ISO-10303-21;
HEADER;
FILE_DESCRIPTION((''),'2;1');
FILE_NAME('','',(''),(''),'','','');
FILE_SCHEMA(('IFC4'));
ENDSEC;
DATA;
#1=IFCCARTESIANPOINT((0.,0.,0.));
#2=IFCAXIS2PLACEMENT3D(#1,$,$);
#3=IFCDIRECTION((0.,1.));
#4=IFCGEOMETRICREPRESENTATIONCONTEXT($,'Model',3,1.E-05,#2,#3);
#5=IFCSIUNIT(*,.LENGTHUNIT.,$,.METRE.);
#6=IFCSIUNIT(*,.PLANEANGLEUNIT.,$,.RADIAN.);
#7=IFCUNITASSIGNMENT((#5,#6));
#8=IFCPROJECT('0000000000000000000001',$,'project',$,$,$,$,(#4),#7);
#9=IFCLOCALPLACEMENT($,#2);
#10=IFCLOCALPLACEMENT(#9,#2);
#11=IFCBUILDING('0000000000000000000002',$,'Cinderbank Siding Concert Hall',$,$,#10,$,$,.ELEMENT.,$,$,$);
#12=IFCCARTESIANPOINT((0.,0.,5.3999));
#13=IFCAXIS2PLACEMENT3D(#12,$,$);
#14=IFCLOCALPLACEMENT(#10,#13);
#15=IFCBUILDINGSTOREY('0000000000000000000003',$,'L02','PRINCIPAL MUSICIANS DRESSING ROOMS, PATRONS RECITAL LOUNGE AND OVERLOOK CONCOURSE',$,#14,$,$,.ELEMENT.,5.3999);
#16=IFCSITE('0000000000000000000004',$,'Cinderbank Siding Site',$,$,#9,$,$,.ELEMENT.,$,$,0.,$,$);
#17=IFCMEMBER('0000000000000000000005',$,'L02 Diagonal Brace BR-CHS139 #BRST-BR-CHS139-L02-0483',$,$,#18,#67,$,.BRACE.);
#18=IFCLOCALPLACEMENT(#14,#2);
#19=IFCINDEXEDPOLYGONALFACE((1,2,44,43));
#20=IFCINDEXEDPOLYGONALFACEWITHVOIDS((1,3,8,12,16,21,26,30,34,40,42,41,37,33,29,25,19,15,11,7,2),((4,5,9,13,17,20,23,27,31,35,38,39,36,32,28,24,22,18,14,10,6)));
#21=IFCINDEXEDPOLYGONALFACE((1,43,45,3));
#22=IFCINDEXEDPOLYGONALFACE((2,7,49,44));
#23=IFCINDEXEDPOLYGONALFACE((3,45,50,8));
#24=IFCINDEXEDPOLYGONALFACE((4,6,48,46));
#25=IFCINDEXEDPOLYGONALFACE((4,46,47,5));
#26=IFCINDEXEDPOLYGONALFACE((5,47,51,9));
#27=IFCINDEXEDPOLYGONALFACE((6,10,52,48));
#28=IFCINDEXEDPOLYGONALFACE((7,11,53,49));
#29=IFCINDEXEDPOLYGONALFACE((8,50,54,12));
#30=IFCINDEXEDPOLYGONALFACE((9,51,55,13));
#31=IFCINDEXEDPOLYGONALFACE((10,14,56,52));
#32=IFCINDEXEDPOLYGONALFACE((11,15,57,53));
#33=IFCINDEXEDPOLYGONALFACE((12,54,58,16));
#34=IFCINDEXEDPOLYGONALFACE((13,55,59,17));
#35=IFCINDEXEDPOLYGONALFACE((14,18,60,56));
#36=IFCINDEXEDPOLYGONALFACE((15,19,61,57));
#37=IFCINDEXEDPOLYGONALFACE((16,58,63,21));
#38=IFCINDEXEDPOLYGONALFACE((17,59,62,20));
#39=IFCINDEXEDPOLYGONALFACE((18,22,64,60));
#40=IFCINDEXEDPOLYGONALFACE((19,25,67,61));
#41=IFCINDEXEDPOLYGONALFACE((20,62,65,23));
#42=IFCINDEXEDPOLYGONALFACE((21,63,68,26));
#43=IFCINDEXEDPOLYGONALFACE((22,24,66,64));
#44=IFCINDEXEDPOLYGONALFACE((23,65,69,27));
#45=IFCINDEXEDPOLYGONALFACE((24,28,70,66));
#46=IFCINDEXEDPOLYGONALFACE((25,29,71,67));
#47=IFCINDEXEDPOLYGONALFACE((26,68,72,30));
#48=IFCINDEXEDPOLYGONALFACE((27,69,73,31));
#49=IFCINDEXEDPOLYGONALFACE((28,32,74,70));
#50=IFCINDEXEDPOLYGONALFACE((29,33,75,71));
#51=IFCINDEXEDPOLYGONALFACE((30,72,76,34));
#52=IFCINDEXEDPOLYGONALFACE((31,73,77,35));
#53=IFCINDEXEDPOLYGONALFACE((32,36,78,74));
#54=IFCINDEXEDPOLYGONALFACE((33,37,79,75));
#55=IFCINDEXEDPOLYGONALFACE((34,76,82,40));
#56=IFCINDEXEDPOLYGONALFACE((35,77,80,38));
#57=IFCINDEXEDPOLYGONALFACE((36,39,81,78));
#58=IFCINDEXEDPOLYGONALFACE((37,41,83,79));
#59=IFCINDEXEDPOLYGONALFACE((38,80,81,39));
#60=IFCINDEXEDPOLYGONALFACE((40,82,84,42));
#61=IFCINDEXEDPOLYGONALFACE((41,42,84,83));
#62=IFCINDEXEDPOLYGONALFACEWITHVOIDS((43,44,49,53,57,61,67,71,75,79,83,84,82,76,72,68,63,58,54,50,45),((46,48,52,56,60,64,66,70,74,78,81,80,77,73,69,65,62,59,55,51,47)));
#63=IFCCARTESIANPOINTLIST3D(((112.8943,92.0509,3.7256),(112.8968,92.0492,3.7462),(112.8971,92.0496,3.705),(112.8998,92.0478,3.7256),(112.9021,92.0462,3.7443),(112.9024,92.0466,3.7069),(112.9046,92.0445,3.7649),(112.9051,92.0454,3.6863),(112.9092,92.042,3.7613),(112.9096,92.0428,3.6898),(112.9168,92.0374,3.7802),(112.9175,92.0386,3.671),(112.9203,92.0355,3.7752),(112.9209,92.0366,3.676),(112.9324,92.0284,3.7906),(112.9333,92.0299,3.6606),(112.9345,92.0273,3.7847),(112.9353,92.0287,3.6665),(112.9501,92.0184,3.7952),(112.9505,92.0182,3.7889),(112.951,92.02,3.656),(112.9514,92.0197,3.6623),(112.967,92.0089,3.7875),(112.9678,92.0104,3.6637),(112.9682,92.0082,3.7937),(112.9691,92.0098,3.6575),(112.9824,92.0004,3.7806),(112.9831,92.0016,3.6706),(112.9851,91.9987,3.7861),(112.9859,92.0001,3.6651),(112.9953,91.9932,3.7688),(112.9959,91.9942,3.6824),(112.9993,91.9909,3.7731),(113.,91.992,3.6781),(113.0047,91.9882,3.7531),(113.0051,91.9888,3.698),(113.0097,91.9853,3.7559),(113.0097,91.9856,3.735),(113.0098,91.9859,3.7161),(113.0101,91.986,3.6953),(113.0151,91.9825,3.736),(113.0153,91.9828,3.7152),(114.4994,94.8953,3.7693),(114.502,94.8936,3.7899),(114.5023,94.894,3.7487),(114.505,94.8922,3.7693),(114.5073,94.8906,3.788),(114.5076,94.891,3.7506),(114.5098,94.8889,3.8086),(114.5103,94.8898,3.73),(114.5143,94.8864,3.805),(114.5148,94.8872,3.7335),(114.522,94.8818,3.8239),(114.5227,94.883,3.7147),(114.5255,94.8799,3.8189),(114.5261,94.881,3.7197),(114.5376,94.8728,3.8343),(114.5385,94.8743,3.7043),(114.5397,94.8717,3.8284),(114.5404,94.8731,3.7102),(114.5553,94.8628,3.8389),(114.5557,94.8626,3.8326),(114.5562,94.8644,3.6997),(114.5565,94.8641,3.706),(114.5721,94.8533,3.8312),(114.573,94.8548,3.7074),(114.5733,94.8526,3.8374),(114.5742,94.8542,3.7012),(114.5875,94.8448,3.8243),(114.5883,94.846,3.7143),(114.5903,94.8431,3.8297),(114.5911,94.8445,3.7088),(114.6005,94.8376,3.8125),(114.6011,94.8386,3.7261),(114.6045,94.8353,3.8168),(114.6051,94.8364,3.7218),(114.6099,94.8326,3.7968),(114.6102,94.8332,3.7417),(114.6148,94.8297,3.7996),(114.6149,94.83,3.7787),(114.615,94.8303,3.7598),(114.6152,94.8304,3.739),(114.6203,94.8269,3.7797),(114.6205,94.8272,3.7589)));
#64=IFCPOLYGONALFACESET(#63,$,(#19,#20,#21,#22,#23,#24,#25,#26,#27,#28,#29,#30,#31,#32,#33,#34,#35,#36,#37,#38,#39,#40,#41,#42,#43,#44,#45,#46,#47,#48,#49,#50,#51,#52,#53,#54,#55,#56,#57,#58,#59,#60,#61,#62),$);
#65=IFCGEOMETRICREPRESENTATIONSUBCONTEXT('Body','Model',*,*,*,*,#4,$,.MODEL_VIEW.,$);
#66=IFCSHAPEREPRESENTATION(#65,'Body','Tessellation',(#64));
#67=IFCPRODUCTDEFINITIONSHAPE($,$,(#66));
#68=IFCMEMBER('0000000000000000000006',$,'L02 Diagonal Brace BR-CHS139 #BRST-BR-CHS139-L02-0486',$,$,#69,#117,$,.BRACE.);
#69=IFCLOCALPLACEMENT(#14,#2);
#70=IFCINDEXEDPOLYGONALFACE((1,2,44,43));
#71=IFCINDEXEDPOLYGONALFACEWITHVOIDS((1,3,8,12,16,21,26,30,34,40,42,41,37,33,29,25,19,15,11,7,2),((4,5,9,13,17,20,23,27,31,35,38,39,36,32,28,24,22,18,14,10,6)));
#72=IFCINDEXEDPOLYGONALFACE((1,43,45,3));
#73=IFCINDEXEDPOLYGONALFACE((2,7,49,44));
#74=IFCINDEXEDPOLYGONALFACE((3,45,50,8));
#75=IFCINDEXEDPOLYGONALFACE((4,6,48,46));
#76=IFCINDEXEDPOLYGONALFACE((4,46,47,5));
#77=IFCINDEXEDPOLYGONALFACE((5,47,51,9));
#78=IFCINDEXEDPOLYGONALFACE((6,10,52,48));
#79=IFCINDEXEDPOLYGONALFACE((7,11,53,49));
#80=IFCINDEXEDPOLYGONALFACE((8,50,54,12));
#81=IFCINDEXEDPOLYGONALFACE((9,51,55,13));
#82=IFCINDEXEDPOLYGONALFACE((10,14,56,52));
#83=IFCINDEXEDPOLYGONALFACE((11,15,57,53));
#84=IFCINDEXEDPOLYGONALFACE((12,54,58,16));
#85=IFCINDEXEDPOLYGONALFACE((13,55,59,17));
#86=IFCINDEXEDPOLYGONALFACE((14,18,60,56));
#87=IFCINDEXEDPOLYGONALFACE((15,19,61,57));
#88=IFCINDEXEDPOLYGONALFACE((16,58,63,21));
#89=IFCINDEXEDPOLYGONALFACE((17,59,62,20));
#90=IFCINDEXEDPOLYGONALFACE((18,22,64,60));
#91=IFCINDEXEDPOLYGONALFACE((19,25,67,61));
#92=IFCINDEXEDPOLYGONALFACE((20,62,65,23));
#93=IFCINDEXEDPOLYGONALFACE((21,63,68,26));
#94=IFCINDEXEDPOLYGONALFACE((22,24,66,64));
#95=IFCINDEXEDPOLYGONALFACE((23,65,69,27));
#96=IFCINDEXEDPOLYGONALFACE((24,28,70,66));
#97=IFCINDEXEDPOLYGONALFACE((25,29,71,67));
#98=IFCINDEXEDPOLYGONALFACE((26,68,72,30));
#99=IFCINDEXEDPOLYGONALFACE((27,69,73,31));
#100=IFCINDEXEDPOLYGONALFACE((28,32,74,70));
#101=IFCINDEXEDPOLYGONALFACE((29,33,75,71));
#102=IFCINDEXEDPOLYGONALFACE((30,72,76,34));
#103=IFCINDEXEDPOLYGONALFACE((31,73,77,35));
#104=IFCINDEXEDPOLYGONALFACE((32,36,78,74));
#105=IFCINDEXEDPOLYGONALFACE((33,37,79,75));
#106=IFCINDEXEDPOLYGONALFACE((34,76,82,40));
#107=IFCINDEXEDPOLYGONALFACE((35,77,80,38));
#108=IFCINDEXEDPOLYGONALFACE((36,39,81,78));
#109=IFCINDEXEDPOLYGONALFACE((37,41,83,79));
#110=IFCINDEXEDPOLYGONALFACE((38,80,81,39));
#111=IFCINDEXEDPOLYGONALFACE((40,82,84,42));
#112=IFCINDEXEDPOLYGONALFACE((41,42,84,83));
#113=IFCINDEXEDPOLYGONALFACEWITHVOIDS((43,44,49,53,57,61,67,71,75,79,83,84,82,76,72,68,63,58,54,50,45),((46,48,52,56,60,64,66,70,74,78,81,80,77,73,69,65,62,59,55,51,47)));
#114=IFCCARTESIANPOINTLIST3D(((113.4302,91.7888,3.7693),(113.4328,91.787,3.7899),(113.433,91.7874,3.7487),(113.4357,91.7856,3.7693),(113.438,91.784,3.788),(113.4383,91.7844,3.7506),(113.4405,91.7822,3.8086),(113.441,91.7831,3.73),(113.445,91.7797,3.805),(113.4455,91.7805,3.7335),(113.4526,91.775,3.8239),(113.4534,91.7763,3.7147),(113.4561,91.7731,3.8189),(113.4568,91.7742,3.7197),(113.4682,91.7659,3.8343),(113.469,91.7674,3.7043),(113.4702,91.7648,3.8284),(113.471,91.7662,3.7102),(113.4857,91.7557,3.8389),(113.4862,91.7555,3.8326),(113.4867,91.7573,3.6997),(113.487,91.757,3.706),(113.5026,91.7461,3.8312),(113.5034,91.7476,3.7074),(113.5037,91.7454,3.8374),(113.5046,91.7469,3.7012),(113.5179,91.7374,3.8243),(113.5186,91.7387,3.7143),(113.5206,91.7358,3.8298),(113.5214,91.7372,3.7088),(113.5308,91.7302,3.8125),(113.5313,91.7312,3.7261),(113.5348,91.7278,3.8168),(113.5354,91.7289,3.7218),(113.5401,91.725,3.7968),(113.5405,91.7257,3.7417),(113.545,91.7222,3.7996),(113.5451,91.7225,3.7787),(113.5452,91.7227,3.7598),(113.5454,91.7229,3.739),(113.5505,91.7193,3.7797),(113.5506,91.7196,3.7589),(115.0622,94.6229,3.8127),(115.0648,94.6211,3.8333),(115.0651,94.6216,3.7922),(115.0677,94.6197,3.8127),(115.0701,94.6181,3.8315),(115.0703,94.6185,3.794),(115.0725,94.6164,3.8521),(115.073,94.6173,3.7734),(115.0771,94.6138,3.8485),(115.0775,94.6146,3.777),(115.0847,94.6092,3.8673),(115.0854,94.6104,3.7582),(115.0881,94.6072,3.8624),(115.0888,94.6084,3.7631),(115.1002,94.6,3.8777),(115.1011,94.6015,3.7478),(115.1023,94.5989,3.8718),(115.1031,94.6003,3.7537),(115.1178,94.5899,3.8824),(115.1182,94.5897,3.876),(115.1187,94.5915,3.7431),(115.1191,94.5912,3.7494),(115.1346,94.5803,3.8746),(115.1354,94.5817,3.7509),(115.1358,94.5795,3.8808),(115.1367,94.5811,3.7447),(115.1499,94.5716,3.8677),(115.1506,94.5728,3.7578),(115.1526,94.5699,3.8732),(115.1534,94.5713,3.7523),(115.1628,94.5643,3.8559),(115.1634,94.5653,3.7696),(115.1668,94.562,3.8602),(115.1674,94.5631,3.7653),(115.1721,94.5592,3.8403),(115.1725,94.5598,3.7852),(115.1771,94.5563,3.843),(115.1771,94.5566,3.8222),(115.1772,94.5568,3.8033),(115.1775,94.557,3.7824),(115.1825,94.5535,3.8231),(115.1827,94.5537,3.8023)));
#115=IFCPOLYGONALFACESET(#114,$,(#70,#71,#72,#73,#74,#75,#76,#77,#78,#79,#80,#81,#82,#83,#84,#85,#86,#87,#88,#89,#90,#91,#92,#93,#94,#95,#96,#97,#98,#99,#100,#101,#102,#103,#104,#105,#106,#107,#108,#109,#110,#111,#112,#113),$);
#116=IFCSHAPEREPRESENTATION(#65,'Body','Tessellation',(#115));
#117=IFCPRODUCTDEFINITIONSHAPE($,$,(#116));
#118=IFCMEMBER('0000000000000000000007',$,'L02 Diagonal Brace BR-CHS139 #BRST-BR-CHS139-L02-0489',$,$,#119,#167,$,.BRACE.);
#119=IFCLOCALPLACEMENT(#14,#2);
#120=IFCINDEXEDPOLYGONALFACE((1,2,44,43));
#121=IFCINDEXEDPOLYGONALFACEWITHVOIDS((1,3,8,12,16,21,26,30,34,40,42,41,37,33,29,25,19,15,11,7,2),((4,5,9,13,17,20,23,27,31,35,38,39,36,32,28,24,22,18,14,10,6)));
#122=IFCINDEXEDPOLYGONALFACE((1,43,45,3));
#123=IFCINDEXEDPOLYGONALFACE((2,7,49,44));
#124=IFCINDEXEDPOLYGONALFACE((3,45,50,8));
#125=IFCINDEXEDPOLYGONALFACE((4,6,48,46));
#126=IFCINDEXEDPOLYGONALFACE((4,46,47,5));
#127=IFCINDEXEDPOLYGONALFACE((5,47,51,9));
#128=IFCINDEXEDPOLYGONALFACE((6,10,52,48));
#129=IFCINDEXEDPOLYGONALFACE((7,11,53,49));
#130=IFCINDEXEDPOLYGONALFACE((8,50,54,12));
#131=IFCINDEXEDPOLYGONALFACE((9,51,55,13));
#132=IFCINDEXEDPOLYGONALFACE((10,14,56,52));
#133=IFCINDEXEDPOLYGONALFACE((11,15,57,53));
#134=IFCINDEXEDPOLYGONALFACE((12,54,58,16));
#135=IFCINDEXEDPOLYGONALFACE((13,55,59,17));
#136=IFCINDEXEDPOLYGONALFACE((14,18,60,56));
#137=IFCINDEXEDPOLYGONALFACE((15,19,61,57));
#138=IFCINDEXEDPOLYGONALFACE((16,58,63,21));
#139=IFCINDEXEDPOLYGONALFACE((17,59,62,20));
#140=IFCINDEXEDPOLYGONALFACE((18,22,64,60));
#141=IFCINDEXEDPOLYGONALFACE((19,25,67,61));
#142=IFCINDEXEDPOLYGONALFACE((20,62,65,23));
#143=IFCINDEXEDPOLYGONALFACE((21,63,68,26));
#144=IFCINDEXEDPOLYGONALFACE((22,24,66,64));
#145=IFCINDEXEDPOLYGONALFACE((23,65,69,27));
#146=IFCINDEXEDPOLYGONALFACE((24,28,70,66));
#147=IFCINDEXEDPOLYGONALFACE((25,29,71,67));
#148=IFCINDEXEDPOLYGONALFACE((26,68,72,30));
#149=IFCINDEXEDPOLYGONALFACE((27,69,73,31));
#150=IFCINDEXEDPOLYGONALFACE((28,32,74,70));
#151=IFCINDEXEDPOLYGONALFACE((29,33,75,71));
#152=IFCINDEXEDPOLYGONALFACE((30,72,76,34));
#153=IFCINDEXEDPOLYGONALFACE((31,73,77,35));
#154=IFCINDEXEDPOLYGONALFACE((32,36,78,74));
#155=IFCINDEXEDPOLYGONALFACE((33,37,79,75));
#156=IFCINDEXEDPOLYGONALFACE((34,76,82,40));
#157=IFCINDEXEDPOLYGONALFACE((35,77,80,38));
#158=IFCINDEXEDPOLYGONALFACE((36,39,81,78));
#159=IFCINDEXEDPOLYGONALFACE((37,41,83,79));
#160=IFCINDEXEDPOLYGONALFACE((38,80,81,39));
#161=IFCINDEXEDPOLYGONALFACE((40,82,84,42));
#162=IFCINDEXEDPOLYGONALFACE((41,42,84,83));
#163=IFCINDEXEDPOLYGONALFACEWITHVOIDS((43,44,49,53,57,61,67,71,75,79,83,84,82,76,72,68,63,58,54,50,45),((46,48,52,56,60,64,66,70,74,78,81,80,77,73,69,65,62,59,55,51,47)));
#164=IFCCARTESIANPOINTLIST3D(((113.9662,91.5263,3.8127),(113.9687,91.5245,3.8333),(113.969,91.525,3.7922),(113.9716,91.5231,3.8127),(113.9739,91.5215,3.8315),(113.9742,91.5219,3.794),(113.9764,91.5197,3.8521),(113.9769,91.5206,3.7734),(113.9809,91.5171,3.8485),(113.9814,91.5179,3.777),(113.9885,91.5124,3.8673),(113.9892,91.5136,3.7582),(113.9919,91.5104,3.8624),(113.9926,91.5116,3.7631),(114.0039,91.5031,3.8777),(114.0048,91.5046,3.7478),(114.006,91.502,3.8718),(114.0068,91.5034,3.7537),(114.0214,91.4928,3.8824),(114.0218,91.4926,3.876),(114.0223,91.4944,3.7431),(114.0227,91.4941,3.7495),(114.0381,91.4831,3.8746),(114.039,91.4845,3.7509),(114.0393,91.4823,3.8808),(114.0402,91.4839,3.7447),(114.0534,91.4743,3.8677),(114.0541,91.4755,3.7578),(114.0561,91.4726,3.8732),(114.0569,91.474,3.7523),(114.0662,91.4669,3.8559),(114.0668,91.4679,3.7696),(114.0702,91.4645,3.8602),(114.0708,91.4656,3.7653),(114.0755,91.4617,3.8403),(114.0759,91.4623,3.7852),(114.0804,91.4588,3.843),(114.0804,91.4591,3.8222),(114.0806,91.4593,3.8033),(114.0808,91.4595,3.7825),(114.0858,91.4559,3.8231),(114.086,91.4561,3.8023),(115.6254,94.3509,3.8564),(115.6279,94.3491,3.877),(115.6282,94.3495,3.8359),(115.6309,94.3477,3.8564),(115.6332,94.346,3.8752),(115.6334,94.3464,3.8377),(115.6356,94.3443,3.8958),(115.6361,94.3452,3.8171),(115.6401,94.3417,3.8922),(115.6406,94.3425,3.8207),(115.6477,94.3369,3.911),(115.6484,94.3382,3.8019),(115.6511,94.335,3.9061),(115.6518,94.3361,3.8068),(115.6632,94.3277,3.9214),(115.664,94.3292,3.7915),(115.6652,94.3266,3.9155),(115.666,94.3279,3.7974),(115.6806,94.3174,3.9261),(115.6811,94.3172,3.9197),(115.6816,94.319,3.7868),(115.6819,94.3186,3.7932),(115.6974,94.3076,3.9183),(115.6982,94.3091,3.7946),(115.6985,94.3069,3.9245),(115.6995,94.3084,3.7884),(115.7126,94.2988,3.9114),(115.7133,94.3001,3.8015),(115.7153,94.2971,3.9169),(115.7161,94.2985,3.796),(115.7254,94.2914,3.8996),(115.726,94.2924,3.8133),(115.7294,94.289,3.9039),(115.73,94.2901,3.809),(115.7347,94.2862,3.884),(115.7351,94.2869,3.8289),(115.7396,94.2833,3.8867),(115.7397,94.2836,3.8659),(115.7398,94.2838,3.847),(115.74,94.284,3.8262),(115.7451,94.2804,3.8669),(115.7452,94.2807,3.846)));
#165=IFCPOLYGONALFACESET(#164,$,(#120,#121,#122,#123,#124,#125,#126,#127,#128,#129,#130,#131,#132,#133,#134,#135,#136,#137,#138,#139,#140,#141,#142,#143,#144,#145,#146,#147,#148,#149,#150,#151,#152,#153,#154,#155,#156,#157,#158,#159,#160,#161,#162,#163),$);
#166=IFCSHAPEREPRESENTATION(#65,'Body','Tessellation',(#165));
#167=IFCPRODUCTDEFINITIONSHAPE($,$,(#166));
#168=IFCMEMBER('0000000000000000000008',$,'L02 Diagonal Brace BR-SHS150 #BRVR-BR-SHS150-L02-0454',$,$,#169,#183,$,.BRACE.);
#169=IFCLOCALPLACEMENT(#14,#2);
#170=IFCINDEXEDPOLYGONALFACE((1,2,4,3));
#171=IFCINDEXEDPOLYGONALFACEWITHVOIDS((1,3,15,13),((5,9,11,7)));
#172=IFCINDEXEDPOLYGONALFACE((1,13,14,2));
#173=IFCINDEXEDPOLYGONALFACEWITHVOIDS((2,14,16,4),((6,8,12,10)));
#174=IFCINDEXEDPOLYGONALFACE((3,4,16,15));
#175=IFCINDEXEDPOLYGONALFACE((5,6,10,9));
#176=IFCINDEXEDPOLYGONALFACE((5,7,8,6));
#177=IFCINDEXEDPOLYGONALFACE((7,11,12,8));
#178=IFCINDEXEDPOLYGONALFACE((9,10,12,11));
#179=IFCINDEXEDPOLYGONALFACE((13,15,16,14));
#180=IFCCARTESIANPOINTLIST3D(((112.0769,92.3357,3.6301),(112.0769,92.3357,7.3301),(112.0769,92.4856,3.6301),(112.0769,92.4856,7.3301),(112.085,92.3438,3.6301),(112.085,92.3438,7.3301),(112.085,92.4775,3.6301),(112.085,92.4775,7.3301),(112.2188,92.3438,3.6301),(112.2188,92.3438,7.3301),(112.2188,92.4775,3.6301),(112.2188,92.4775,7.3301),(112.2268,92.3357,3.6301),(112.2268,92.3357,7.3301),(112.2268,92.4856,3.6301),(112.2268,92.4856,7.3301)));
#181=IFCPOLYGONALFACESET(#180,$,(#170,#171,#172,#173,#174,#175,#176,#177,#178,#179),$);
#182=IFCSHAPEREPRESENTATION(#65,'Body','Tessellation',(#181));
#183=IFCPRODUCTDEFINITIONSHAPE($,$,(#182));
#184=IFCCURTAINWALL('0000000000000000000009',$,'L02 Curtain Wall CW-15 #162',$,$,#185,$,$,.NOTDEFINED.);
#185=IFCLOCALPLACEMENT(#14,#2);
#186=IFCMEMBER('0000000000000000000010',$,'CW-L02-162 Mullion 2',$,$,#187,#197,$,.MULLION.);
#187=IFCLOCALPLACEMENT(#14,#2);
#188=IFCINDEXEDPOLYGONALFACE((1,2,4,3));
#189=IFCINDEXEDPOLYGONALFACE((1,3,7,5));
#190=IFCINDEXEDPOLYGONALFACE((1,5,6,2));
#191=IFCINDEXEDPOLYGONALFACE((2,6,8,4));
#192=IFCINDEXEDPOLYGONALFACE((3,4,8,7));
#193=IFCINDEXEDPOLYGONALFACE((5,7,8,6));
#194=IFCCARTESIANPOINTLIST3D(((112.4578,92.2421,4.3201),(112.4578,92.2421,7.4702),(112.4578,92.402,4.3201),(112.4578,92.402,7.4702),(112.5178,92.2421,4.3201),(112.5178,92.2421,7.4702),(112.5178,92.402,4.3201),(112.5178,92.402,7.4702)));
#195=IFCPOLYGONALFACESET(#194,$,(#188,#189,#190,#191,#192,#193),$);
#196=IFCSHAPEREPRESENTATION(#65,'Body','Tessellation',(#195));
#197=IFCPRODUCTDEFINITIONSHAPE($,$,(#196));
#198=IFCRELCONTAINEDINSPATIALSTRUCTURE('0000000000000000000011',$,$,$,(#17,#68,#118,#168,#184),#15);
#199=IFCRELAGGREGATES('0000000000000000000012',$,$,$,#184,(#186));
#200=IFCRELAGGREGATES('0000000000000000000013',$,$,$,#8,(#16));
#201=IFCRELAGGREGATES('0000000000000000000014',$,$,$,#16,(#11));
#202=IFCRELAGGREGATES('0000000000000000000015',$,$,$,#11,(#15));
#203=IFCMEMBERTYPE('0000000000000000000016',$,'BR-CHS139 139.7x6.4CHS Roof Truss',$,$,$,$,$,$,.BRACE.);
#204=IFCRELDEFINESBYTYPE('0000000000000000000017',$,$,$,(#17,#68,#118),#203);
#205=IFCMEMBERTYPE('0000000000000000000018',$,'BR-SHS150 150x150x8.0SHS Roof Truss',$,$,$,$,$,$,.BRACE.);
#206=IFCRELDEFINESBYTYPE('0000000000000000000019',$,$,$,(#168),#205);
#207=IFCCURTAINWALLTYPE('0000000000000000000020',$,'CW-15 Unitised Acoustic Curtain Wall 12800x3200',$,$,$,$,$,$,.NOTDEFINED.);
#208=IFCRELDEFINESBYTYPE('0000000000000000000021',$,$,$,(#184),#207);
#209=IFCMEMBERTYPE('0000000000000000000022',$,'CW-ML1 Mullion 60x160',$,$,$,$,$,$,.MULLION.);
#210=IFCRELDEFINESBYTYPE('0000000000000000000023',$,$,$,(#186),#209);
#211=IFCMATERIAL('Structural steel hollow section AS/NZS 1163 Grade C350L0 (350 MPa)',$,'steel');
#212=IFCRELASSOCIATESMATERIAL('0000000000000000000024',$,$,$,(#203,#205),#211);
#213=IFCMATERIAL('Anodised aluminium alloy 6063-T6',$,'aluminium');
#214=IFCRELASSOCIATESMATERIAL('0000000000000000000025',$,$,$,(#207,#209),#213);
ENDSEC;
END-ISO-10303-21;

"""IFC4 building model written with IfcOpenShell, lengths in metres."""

from ifc_helpers import new_model, si_unit, direction, frame, origin, origin_2d, place, context, subcontext, project, spatial, rectangle, hollow_rectangle, hollow_circle, extrude, material, material_profile, profile_set, type_object, element, aggregate, save


model = new_model("IFC4")

# Units and contexts
model_context = context("Model", 3, precision=1e-05, world=origin(), true_north=direction((0.0, 1.0)))
body_context = subcontext(model_context, "Body", "Model", "MODEL_VIEW")
ifc_project = project(units=[si_unit("LENGTHUNIT", "METRE"), si_unit("PLANEANGLEUNIT", "RADIAN")], contexts=[model_context])

# Site, building, storey
site_placement = place(None, origin())
site = spatial("IfcSite", under=ifc_project, at=site_placement, Name="Cinderbank Siding Site", CompositionType="ELEMENT", RefElevation=0.0)
building_placement = place(site_placement, origin())
building = spatial("IfcBuilding", under=site, at=building_placement, Name="Cinderbank Siding Concert Hall", CompositionType="ELEMENT")
storey_placement = place(building_placement, frame((0.0, 0.0, 5.3999)))
storey = spatial("IfcBuildingStorey", under=building, at=storey_placement, Name="L02", Description="PRINCIPAL MUSICIANS DRESSING ROOMS, PATRONS RECITAL LOUNGE AND OVERLOOK CONCOURSE", CompositionType="ELEMENT", Elevation=5.3999)

# Shared definitions
ifc_material_1 = material(Name="Structural steel hollow section AS/NZS 1163 Grade C350L0 (350 MPa)", Category="steel")

# Members
ifc_material_profile_1 = material_profile(ifc_material_1, hollow_circle(Radius=0.0698, WallThickness=0.0063, at=origin_2d()), Name="139.7x6.4CHS", Category="LoadBearing")
ifc_profile_set_1 = profile_set([ifc_material_profile_1], Name="Structural steel hollow section AS/NZS 1163 Grade C350L0 (350 MPa)")
member_type_1 = type_object("IfcMemberType", Name="BR-CHS139 139.7x6.4CHS Roof Truss", PredefinedType="BRACE", material=ifc_profile_set_1)
member_1_placement = place(storey_placement, frame((112.9551, 92.0166, 3.7256), z_axis=(0.491427, 0.870816, 0.013379), x_axis=(-0.870894, 0.491471, 0.0)))
element("IfcMember", 1, at=member_1_placement, inside=storey, type_object=member_type_1, Name="L02 Diagonal Brace BR-CHS139 #BRST-BR-CHS139-L02-0483", PredefinedType="BRACE", context=body_context, shape_type="SweptSolid", body=[
    extrude(hollow_circle(Radius=0.0698, WallThickness=0.0063, at=origin_2d()), origin(), (0.0, 0.0, 1.0), 3.2664),
])
member_2_placement = place(storey_placement, frame((113.4907, 91.7539, 3.7693), z_axis=(0.498978, 0.866513, 0.013286), x_axis=(-0.866589, 0.499022, 0.0)))
element("IfcMember", 2, at=member_2_placement, inside=storey, type_object=member_type_1, Name="L02 Diagonal Brace BR-CHS139 #BRST-BR-CHS139-L02-0486", PredefinedType="BRACE", context=body_context, shape_type="SweptSolid", body=[
    extrude(hollow_circle(Radius=0.0698, WallThickness=0.0063, at=origin_2d()), origin(), (0.0, 0.0, 1.0), 3.2708),
])
member_3_placement = place(storey_placement, frame((114.0264, 91.491, 3.8127), z_axis=(0.50646, 0.86216, 0.01334), x_axis=(-0.862237, 0.506505, 0.0)))
element("IfcMember", 3, at=member_3_placement, inside=storey, type_object=member_type_1, Name="L02 Diagonal Brace BR-CHS139 #BRST-BR-CHS139-L02-0489", PredefinedType="BRACE", context=body_context, shape_type="SweptSolid", body=[
    extrude(hollow_circle(Radius=0.0698, WallThickness=0.0063, at=origin_2d()), origin(), (0.0, 0.0, 1.0), 3.2761),
])
ifc_material_profile_2 = material_profile(ifc_material_1, hollow_rectangle(XDim=0.1499, YDim=0.1499, WallThickness=0.0081, at=origin_2d()), Name="150x150x8.0SHS", Category="LoadBearing")
ifc_profile_set_2 = profile_set([ifc_material_profile_2], Name="Structural steel hollow section AS/NZS 1163 Grade C350L0 (350 MPa)")
member_type_2 = type_object("IfcMemberType", Name="BR-SHS150 150x150x8.0SHS Roof Truss", PredefinedType="BRACE", material=ifc_profile_set_2)
member_4_placement = place(storey_placement, frame((112.1519, 92.4106, 3.6301), z_axis=(0.0, 0.0, 1.0), x_axis=(1.0, 0.0, 0.0)))
element("IfcMember", 4, at=member_4_placement, inside=storey, type_object=member_type_2, Name="L02 Diagonal Brace BR-SHS150 #BRVR-BR-SHS150-L02-0454", PredefinedType="BRACE", context=body_context, shape_type="SweptSolid", body=[
    extrude(hollow_rectangle(XDim=0.1499, YDim=0.1499, WallThickness=0.0081, at=origin_2d()), origin(), (0.0, 0.0, 1.0), 3.7),
])

# Curtain wall, member
ifc_material_2 = material(Name="Anodised aluminium alloy 6063-T6", Category="aluminium")
curtain_wall_type_1 = type_object("IfcCurtainWallType", Name="CW-15 Unitised Acoustic Curtain Wall 12800x3200", PredefinedType="NOTDEFINED", material=ifc_material_2)
curtain_wall_1_placement = place(storey_placement, origin())
curtain_wall_1 = element("IfcCurtainWall", 5, at=curtain_wall_1_placement, inside=storey, type_object=curtain_wall_type_1, Name="L02 Curtain Wall CW-15 #162", PredefinedType="NOTDEFINED")
ifc_material_profile_3 = material_profile(ifc_material_2, rectangle(XDim=0.0601, YDim=0.1599, at=origin_2d()), Name="ALU-MULL-60x160", Category="LoadBearing")
ifc_profile_set_3 = profile_set([ifc_material_profile_3], Name="Anodised aluminium alloy 6063-T6")
member_type_3 = type_object("IfcMemberType", Name="CW-ML1 Mullion 60x160", PredefinedType="MULLION", material=ifc_profile_set_3)
member_5_placement = place(storey_placement, frame((112.4878, 92.322, 4.3201), z_axis=(0.0, 0.0, 1.0), x_axis=(1.0, 0.0, 0.0)))
member_5 = element("IfcMember", 6, at=member_5_placement, type_object=member_type_3, Name="CW-L02-162 Mullion 2", PredefinedType="MULLION", context=body_context, shape_type="SweptSolid", body=[
    extrude(rectangle(XDim=0.0601, YDim=0.1599, at=origin_2d()), origin(), (0.0, 0.0, 1.0), 3.1501),
])

aggregate(curtain_wall_1, [member_5])

save(model, "model.ifc")
